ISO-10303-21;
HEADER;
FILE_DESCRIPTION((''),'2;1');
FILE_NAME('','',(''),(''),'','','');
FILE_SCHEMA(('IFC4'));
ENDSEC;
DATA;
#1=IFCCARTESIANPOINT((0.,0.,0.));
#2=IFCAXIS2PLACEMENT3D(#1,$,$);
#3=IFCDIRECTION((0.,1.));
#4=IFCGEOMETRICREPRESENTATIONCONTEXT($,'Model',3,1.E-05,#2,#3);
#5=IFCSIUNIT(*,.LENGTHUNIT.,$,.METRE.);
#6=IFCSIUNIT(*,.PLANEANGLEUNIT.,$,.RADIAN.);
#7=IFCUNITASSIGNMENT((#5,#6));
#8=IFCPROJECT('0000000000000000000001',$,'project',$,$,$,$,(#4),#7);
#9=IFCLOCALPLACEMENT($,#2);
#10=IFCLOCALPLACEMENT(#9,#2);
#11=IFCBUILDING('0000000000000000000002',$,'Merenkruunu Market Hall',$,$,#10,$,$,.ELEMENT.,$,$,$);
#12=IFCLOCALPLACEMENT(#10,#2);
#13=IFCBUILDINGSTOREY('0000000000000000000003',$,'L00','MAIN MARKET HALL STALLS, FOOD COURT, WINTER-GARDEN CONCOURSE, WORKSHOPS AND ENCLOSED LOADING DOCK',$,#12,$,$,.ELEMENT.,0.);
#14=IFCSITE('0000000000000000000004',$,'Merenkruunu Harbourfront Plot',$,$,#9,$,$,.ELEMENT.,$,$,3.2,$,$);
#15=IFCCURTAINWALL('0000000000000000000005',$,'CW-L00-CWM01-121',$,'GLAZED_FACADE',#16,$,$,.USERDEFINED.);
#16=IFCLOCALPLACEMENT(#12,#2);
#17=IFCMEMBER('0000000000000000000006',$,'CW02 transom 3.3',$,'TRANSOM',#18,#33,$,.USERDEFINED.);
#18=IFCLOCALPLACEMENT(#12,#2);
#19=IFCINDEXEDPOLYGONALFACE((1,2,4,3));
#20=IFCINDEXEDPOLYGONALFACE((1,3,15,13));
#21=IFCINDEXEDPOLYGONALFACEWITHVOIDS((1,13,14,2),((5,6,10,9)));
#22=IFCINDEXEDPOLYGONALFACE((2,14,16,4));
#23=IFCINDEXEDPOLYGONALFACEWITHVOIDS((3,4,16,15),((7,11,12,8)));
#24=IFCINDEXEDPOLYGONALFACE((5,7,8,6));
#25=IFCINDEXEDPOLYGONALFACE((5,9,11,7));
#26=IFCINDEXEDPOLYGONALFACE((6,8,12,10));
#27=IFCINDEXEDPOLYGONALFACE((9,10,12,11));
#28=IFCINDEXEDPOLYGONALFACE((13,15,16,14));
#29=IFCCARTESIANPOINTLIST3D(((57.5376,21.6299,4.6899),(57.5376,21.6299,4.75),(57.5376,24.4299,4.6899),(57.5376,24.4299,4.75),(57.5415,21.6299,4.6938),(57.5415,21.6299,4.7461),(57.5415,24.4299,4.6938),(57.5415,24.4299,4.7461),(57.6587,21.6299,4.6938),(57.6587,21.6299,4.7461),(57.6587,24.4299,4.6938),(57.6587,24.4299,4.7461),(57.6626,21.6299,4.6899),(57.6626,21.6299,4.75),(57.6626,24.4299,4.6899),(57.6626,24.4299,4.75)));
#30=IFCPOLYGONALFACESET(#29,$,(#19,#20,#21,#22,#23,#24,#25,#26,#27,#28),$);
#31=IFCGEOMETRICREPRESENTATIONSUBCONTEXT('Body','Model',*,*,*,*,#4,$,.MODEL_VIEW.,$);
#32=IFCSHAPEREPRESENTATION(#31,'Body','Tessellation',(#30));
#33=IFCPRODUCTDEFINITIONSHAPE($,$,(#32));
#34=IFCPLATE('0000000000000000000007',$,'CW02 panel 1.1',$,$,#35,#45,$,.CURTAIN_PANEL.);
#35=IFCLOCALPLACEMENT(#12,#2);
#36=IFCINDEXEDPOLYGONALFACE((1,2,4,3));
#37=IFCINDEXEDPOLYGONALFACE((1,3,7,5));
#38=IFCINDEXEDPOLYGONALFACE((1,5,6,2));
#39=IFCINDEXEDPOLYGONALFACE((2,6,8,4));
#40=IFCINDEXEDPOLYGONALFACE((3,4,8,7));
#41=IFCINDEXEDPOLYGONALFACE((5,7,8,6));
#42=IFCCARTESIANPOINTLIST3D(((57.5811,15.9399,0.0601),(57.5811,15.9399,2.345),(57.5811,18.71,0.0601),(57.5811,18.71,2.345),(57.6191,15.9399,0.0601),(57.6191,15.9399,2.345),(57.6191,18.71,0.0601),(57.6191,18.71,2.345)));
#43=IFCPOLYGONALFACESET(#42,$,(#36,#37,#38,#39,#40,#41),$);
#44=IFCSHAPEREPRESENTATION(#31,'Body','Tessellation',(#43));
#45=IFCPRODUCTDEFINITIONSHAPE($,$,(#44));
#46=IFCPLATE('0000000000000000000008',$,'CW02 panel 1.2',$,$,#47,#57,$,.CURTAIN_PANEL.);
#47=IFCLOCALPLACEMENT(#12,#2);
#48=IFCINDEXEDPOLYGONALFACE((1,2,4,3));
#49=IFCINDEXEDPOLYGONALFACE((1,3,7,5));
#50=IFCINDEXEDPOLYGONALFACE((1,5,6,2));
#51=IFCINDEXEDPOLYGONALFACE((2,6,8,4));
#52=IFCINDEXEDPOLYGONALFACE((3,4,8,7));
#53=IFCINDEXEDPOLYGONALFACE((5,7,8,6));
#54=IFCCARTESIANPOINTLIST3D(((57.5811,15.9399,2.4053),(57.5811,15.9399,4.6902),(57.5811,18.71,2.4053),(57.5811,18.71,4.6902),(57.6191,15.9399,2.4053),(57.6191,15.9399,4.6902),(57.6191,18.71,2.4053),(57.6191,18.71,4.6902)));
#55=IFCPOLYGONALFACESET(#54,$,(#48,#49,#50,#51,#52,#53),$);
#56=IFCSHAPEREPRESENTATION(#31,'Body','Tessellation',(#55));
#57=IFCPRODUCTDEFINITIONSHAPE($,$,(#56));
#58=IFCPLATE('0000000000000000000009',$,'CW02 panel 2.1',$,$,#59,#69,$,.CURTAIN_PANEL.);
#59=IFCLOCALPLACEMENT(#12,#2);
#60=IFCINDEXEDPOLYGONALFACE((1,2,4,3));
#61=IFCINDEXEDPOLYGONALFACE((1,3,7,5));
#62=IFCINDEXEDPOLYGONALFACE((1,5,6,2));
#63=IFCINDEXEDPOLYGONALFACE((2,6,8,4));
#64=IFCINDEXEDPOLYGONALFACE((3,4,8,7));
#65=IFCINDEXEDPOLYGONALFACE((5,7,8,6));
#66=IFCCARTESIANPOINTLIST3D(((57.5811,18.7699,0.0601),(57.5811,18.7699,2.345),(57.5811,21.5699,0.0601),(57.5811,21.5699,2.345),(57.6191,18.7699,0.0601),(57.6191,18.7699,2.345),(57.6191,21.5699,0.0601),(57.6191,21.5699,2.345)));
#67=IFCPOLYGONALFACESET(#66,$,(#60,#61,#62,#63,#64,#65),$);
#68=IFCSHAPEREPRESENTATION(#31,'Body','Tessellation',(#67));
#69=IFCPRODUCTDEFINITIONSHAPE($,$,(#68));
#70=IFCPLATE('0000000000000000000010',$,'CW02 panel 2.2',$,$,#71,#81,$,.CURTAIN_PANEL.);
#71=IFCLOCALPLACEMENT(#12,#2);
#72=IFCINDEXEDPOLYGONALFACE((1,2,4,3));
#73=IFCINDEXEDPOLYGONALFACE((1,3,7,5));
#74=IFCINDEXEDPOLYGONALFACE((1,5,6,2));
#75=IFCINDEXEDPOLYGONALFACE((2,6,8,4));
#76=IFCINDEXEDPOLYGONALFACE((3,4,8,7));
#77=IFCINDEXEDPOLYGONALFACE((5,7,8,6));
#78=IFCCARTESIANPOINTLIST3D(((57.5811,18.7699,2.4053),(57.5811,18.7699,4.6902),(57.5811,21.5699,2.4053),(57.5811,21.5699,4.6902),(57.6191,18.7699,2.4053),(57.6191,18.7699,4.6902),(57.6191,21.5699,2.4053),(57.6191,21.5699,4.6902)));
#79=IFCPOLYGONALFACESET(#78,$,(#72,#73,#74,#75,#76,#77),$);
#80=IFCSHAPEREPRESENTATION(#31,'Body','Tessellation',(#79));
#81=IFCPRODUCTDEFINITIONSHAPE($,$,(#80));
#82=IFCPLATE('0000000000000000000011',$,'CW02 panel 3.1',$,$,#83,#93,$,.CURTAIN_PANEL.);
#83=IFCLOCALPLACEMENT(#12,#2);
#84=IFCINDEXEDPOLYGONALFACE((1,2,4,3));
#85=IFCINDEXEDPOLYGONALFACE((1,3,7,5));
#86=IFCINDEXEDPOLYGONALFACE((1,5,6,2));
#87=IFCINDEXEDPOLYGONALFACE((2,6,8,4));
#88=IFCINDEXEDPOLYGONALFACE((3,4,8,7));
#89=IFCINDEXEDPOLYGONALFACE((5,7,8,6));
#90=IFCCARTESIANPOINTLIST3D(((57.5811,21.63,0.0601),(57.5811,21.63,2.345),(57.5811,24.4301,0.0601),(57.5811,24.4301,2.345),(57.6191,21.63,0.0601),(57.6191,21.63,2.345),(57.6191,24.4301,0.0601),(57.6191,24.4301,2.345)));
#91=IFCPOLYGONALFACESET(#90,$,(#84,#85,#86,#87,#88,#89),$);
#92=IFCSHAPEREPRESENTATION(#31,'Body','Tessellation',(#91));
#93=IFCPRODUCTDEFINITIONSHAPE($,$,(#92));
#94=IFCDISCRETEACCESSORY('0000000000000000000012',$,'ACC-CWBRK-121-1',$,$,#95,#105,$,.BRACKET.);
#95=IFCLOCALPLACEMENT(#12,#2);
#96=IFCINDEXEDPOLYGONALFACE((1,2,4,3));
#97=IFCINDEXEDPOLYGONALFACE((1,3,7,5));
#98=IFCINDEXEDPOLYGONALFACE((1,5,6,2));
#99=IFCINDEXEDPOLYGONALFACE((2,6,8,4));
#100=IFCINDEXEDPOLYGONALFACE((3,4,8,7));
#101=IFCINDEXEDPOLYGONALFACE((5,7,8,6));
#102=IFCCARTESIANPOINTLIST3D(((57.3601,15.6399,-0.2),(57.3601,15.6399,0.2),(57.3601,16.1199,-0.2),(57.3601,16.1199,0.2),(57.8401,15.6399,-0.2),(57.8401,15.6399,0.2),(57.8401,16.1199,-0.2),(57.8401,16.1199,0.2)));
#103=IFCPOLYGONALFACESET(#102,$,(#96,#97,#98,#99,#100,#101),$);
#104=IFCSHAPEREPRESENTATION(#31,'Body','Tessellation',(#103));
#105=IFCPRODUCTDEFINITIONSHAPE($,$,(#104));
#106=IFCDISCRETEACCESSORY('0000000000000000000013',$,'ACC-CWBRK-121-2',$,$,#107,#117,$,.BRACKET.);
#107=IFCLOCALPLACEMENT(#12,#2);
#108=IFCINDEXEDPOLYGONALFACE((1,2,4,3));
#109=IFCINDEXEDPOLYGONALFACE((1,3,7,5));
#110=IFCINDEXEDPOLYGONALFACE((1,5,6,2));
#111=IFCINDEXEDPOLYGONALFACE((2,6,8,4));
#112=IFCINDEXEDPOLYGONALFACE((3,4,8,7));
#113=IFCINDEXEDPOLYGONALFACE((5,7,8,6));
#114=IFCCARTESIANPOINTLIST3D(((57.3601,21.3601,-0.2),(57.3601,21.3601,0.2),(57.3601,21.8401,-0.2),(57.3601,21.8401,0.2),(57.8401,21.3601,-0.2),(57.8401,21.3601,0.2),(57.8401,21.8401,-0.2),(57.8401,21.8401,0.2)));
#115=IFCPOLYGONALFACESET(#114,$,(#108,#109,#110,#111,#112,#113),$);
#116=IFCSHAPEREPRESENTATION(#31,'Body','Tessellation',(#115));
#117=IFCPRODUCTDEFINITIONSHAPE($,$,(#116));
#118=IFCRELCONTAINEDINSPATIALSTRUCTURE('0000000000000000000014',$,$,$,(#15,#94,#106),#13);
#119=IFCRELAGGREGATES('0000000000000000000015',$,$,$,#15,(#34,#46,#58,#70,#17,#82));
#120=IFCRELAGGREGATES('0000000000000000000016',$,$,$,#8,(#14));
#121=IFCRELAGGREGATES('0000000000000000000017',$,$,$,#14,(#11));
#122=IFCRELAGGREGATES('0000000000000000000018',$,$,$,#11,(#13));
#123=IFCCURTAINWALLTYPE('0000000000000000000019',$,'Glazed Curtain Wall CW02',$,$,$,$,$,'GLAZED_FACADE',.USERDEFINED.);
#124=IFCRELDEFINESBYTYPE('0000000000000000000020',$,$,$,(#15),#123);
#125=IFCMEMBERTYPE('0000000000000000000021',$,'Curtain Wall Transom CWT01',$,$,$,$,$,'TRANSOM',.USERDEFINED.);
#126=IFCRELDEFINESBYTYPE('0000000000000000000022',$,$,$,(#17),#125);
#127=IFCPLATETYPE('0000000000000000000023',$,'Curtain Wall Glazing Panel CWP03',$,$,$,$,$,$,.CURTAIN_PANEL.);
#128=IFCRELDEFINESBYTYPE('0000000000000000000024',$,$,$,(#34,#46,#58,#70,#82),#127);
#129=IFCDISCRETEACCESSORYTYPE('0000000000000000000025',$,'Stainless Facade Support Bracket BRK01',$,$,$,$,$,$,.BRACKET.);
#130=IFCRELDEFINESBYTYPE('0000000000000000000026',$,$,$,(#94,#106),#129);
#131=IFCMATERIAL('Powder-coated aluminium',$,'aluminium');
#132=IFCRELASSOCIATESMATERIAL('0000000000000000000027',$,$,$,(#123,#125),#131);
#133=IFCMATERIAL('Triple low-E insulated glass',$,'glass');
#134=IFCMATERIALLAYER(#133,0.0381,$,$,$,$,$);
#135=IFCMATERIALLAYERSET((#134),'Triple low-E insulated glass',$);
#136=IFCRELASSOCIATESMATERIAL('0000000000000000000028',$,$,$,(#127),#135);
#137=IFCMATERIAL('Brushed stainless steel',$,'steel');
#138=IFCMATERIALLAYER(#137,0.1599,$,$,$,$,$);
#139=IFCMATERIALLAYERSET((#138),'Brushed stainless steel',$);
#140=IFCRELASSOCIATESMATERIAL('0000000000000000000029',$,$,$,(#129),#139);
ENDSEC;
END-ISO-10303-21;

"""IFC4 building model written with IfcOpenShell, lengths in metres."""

from ifc_helpers import new_model, si_unit, direction, frame, origin, origin_2d, place, context, subcontext, project, spatial, rectangle, hollow_rectangle, extrude, material, layer, layer_set, material_profile, profile_set, type_object, element, aggregate, save


model = new_model("IFC4")

# Units and contexts
model_context = context("Model", 3, precision=1e-05, world=origin(), true_north=direction((0.0, 1.0)))
body_context = subcontext(model_context, "Body", "Model", "MODEL_VIEW")
ifc_project = project(units=[si_unit("LENGTHUNIT", "METRE"), si_unit("PLANEANGLEUNIT", "RADIAN")], contexts=[model_context])

# Site, building, storey
site_placement = place(None, origin())
site = spatial("IfcSite", under=ifc_project, at=site_placement, Name="Merenkruunu Harbourfront Plot", CompositionType="ELEMENT", RefElevation=3.2)
building_placement = place(site_placement, origin())
building = spatial("IfcBuilding", under=site, at=building_placement, Name="Merenkruunu Market Hall", CompositionType="ELEMENT")
storey_placement = place(building_placement, origin())
storey = spatial("IfcBuildingStorey", under=building, at=storey_placement, Name="L00", Description="MAIN MARKET HALL STALLS, FOOD COURT, WINTER-GARDEN CONCOURSE, WORKSHOPS AND ENCLOSED LOADING DOCK", CompositionType="ELEMENT", Elevation=0.0)

# Curtain wall, member, plates
ifc_material_1 = material(Name="Powder-coated aluminium", Category="aluminium")
curtain_wall_type = type_object("IfcCurtainWallType", Name="Glazed Curtain Wall CW02", ElementType="GLAZED_FACADE", PredefinedType="USERDEFINED", material=ifc_material_1)
curtain_wall_placement = place(storey_placement, origin())
curtain_wall = element("IfcCurtainWall", 1, at=curtain_wall_placement, inside=storey, type_object=curtain_wall_type, Name="CW-L00-CWM01-121", ObjectType="GLAZED_FACADE", PredefinedType="USERDEFINED")
ifc_material_profile_1 = material_profile(ifc_material_1, hollow_rectangle(XDim=0.0601, YDim=0.125, WallThickness=0.0039, at=origin_2d()), Name="ALU 60x125x4")
ifc_profile_set_1 = profile_set([ifc_material_profile_1], Name="Powder-coated aluminium")
member_type_1 = type_object("IfcMemberType", Name="Curtain Wall Transom CWT01", ElementType="TRANSOM", PredefinedType="USERDEFINED", material=ifc_profile_set_1)
member_1_placement = place(storey_placement, frame((57.6001, 21.6299, 4.72), z_axis=(0.0, 1.0, 0.0), x_axis=(0.0, 0.0, 1.0)))
member_1 = element("IfcMember", 2, at=member_1_placement, type_object=member_type_1, Name="CW02 transom 3.3", ObjectType="TRANSOM", PredefinedType="USERDEFINED", context=body_context, shape_type="SweptSolid", body=[
    extrude(hollow_rectangle(XDim=0.0601, YDim=0.125, WallThickness=0.0039, at=origin_2d()), origin(), (0.0, 0.0, 1.0), 2.8),
])
ifc_material_2 = material(Name="Triple low-E insulated glass", Category="glass")
ifc_layer_1 = layer(ifc_material_2, 0.0381)
ifc_layer_set_1 = layer_set([ifc_layer_1], Name="Triple low-E insulated glass")
plate_type = type_object("IfcPlateType", Name="Curtain Wall Glazing Panel CWP03", PredefinedType="CURTAIN_PANEL", material=ifc_layer_set_1)
plate_1_placement = place(storey_placement, frame((57.6001, 17.325, 0.0601), z_axis=(0.0, 0.0, 1.0), x_axis=(0.0, 1.0, 0.0)))
plate_1 = element("IfcPlate", 3, at=plate_1_placement, type_object=plate_type, Name="CW02 panel 1.1", PredefinedType="CURTAIN_PANEL", context=body_context, shape_type="SweptSolid", body=[
    extrude(rectangle(XDim=2.77, YDim=0.0381, at=origin_2d()), origin(), (0.0, 0.0, 1.0), 2.2849),
])
plate_2_placement = place(storey_placement, frame((57.6001, 17.325, 2.4053), z_axis=(0.0, 0.0, 1.0), x_axis=(0.0, 1.0, 0.0)))
plate_2 = element("IfcPlate", 4, at=plate_2_placement, type_object=plate_type, Name="CW02 panel 1.2", PredefinedType="CURTAIN_PANEL", context=body_context, shape_type="SweptSolid", body=[
    extrude(rectangle(XDim=2.77, YDim=0.0381, at=origin_2d()), origin(), (0.0, 0.0, 1.0), 2.2849),
])
plate_3_placement = place(storey_placement, frame((57.6001, 20.1699, 0.0601), z_axis=(0.0, 0.0, 1.0), x_axis=(0.0, 1.0, 0.0)))
plate_3 = element("IfcPlate", 5, at=plate_3_placement, type_object=plate_type, Name="CW02 panel 2.1", PredefinedType="CURTAIN_PANEL", context=body_context, shape_type="SweptSolid", body=[
    extrude(rectangle(XDim=2.8, YDim=0.0381, at=origin_2d()), origin(), (0.0, 0.0, 1.0), 2.2849),
])
plate_4_placement = place(storey_placement, frame((57.6001, 20.1699, 2.4053), z_axis=(0.0, 0.0, 1.0), x_axis=(0.0, 1.0, 0.0)))
plate_4 = element("IfcPlate", 6, at=plate_4_placement, type_object=plate_type, Name="CW02 panel 2.2", PredefinedType="CURTAIN_PANEL", context=body_context, shape_type="SweptSolid", body=[
    extrude(rectangle(XDim=2.8, YDim=0.0381, at=origin_2d()), origin(), (0.0, 0.0, 1.0), 2.2849),
])
plate_5_placement = place(storey_placement, frame((57.6001, 23.03, 0.0601), z_axis=(0.0, 0.0, 1.0), x_axis=(0.0, 1.0, 0.0)))
plate_5 = element("IfcPlate", 7, at=plate_5_placement, type_object=plate_type, Name="CW02 panel 3.1", PredefinedType="CURTAIN_PANEL", context=body_context, shape_type="SweptSolid", body=[
    extrude(rectangle(XDim=2.8, YDim=0.0381, at=origin_2d()), origin(), (0.0, 0.0, 1.0), 2.2849),
])
aggregate(curtain_wall, [plate_1, plate_2, plate_3, plate_4, member_1, plate_5])

# Discrete accessories
ifc_material_3 = material(Name="Brushed stainless steel", Category="steel")
ifc_layer_2 = layer(ifc_material_3, 0.1599)
ifc_layer_set_2 = layer_set([ifc_layer_2], Name="Brushed stainless steel")
discrete_accessory_type = type_object("IfcDiscreteAccessoryType", Name="Stainless Facade Support Bracket BRK01", PredefinedType="BRACKET", material=ifc_layer_set_2)
for number, where, z_axis, x_axis, name in (
    (8, (57.6001, 15.8799, -0.2), (0.0, 0.0, 1.0), (1.0, 0.0, 0.0), "ACC-CWBRK-121-1"),
    (9, (57.6001, 21.6001, -0.2), (0.0, 0.0, 1.0), (1.0, 0.0, 0.0), "ACC-CWBRK-121-2"),
):
    element("IfcDiscreteAccessory", number, at=place(storey_placement, frame(where, z_axis=z_axis, x_axis=x_axis)), inside=storey, type_object=discrete_accessory_type, Name=name, PredefinedType="BRACKET", context=body_context, shape_type="SweptSolid", body=[
        extrude(rectangle(XDim=0.48, YDim=0.48, at=origin_2d()), origin(), (0.0, 0.0, 1.0), 0.3999),
    ])

save(model, "model.ifc")
